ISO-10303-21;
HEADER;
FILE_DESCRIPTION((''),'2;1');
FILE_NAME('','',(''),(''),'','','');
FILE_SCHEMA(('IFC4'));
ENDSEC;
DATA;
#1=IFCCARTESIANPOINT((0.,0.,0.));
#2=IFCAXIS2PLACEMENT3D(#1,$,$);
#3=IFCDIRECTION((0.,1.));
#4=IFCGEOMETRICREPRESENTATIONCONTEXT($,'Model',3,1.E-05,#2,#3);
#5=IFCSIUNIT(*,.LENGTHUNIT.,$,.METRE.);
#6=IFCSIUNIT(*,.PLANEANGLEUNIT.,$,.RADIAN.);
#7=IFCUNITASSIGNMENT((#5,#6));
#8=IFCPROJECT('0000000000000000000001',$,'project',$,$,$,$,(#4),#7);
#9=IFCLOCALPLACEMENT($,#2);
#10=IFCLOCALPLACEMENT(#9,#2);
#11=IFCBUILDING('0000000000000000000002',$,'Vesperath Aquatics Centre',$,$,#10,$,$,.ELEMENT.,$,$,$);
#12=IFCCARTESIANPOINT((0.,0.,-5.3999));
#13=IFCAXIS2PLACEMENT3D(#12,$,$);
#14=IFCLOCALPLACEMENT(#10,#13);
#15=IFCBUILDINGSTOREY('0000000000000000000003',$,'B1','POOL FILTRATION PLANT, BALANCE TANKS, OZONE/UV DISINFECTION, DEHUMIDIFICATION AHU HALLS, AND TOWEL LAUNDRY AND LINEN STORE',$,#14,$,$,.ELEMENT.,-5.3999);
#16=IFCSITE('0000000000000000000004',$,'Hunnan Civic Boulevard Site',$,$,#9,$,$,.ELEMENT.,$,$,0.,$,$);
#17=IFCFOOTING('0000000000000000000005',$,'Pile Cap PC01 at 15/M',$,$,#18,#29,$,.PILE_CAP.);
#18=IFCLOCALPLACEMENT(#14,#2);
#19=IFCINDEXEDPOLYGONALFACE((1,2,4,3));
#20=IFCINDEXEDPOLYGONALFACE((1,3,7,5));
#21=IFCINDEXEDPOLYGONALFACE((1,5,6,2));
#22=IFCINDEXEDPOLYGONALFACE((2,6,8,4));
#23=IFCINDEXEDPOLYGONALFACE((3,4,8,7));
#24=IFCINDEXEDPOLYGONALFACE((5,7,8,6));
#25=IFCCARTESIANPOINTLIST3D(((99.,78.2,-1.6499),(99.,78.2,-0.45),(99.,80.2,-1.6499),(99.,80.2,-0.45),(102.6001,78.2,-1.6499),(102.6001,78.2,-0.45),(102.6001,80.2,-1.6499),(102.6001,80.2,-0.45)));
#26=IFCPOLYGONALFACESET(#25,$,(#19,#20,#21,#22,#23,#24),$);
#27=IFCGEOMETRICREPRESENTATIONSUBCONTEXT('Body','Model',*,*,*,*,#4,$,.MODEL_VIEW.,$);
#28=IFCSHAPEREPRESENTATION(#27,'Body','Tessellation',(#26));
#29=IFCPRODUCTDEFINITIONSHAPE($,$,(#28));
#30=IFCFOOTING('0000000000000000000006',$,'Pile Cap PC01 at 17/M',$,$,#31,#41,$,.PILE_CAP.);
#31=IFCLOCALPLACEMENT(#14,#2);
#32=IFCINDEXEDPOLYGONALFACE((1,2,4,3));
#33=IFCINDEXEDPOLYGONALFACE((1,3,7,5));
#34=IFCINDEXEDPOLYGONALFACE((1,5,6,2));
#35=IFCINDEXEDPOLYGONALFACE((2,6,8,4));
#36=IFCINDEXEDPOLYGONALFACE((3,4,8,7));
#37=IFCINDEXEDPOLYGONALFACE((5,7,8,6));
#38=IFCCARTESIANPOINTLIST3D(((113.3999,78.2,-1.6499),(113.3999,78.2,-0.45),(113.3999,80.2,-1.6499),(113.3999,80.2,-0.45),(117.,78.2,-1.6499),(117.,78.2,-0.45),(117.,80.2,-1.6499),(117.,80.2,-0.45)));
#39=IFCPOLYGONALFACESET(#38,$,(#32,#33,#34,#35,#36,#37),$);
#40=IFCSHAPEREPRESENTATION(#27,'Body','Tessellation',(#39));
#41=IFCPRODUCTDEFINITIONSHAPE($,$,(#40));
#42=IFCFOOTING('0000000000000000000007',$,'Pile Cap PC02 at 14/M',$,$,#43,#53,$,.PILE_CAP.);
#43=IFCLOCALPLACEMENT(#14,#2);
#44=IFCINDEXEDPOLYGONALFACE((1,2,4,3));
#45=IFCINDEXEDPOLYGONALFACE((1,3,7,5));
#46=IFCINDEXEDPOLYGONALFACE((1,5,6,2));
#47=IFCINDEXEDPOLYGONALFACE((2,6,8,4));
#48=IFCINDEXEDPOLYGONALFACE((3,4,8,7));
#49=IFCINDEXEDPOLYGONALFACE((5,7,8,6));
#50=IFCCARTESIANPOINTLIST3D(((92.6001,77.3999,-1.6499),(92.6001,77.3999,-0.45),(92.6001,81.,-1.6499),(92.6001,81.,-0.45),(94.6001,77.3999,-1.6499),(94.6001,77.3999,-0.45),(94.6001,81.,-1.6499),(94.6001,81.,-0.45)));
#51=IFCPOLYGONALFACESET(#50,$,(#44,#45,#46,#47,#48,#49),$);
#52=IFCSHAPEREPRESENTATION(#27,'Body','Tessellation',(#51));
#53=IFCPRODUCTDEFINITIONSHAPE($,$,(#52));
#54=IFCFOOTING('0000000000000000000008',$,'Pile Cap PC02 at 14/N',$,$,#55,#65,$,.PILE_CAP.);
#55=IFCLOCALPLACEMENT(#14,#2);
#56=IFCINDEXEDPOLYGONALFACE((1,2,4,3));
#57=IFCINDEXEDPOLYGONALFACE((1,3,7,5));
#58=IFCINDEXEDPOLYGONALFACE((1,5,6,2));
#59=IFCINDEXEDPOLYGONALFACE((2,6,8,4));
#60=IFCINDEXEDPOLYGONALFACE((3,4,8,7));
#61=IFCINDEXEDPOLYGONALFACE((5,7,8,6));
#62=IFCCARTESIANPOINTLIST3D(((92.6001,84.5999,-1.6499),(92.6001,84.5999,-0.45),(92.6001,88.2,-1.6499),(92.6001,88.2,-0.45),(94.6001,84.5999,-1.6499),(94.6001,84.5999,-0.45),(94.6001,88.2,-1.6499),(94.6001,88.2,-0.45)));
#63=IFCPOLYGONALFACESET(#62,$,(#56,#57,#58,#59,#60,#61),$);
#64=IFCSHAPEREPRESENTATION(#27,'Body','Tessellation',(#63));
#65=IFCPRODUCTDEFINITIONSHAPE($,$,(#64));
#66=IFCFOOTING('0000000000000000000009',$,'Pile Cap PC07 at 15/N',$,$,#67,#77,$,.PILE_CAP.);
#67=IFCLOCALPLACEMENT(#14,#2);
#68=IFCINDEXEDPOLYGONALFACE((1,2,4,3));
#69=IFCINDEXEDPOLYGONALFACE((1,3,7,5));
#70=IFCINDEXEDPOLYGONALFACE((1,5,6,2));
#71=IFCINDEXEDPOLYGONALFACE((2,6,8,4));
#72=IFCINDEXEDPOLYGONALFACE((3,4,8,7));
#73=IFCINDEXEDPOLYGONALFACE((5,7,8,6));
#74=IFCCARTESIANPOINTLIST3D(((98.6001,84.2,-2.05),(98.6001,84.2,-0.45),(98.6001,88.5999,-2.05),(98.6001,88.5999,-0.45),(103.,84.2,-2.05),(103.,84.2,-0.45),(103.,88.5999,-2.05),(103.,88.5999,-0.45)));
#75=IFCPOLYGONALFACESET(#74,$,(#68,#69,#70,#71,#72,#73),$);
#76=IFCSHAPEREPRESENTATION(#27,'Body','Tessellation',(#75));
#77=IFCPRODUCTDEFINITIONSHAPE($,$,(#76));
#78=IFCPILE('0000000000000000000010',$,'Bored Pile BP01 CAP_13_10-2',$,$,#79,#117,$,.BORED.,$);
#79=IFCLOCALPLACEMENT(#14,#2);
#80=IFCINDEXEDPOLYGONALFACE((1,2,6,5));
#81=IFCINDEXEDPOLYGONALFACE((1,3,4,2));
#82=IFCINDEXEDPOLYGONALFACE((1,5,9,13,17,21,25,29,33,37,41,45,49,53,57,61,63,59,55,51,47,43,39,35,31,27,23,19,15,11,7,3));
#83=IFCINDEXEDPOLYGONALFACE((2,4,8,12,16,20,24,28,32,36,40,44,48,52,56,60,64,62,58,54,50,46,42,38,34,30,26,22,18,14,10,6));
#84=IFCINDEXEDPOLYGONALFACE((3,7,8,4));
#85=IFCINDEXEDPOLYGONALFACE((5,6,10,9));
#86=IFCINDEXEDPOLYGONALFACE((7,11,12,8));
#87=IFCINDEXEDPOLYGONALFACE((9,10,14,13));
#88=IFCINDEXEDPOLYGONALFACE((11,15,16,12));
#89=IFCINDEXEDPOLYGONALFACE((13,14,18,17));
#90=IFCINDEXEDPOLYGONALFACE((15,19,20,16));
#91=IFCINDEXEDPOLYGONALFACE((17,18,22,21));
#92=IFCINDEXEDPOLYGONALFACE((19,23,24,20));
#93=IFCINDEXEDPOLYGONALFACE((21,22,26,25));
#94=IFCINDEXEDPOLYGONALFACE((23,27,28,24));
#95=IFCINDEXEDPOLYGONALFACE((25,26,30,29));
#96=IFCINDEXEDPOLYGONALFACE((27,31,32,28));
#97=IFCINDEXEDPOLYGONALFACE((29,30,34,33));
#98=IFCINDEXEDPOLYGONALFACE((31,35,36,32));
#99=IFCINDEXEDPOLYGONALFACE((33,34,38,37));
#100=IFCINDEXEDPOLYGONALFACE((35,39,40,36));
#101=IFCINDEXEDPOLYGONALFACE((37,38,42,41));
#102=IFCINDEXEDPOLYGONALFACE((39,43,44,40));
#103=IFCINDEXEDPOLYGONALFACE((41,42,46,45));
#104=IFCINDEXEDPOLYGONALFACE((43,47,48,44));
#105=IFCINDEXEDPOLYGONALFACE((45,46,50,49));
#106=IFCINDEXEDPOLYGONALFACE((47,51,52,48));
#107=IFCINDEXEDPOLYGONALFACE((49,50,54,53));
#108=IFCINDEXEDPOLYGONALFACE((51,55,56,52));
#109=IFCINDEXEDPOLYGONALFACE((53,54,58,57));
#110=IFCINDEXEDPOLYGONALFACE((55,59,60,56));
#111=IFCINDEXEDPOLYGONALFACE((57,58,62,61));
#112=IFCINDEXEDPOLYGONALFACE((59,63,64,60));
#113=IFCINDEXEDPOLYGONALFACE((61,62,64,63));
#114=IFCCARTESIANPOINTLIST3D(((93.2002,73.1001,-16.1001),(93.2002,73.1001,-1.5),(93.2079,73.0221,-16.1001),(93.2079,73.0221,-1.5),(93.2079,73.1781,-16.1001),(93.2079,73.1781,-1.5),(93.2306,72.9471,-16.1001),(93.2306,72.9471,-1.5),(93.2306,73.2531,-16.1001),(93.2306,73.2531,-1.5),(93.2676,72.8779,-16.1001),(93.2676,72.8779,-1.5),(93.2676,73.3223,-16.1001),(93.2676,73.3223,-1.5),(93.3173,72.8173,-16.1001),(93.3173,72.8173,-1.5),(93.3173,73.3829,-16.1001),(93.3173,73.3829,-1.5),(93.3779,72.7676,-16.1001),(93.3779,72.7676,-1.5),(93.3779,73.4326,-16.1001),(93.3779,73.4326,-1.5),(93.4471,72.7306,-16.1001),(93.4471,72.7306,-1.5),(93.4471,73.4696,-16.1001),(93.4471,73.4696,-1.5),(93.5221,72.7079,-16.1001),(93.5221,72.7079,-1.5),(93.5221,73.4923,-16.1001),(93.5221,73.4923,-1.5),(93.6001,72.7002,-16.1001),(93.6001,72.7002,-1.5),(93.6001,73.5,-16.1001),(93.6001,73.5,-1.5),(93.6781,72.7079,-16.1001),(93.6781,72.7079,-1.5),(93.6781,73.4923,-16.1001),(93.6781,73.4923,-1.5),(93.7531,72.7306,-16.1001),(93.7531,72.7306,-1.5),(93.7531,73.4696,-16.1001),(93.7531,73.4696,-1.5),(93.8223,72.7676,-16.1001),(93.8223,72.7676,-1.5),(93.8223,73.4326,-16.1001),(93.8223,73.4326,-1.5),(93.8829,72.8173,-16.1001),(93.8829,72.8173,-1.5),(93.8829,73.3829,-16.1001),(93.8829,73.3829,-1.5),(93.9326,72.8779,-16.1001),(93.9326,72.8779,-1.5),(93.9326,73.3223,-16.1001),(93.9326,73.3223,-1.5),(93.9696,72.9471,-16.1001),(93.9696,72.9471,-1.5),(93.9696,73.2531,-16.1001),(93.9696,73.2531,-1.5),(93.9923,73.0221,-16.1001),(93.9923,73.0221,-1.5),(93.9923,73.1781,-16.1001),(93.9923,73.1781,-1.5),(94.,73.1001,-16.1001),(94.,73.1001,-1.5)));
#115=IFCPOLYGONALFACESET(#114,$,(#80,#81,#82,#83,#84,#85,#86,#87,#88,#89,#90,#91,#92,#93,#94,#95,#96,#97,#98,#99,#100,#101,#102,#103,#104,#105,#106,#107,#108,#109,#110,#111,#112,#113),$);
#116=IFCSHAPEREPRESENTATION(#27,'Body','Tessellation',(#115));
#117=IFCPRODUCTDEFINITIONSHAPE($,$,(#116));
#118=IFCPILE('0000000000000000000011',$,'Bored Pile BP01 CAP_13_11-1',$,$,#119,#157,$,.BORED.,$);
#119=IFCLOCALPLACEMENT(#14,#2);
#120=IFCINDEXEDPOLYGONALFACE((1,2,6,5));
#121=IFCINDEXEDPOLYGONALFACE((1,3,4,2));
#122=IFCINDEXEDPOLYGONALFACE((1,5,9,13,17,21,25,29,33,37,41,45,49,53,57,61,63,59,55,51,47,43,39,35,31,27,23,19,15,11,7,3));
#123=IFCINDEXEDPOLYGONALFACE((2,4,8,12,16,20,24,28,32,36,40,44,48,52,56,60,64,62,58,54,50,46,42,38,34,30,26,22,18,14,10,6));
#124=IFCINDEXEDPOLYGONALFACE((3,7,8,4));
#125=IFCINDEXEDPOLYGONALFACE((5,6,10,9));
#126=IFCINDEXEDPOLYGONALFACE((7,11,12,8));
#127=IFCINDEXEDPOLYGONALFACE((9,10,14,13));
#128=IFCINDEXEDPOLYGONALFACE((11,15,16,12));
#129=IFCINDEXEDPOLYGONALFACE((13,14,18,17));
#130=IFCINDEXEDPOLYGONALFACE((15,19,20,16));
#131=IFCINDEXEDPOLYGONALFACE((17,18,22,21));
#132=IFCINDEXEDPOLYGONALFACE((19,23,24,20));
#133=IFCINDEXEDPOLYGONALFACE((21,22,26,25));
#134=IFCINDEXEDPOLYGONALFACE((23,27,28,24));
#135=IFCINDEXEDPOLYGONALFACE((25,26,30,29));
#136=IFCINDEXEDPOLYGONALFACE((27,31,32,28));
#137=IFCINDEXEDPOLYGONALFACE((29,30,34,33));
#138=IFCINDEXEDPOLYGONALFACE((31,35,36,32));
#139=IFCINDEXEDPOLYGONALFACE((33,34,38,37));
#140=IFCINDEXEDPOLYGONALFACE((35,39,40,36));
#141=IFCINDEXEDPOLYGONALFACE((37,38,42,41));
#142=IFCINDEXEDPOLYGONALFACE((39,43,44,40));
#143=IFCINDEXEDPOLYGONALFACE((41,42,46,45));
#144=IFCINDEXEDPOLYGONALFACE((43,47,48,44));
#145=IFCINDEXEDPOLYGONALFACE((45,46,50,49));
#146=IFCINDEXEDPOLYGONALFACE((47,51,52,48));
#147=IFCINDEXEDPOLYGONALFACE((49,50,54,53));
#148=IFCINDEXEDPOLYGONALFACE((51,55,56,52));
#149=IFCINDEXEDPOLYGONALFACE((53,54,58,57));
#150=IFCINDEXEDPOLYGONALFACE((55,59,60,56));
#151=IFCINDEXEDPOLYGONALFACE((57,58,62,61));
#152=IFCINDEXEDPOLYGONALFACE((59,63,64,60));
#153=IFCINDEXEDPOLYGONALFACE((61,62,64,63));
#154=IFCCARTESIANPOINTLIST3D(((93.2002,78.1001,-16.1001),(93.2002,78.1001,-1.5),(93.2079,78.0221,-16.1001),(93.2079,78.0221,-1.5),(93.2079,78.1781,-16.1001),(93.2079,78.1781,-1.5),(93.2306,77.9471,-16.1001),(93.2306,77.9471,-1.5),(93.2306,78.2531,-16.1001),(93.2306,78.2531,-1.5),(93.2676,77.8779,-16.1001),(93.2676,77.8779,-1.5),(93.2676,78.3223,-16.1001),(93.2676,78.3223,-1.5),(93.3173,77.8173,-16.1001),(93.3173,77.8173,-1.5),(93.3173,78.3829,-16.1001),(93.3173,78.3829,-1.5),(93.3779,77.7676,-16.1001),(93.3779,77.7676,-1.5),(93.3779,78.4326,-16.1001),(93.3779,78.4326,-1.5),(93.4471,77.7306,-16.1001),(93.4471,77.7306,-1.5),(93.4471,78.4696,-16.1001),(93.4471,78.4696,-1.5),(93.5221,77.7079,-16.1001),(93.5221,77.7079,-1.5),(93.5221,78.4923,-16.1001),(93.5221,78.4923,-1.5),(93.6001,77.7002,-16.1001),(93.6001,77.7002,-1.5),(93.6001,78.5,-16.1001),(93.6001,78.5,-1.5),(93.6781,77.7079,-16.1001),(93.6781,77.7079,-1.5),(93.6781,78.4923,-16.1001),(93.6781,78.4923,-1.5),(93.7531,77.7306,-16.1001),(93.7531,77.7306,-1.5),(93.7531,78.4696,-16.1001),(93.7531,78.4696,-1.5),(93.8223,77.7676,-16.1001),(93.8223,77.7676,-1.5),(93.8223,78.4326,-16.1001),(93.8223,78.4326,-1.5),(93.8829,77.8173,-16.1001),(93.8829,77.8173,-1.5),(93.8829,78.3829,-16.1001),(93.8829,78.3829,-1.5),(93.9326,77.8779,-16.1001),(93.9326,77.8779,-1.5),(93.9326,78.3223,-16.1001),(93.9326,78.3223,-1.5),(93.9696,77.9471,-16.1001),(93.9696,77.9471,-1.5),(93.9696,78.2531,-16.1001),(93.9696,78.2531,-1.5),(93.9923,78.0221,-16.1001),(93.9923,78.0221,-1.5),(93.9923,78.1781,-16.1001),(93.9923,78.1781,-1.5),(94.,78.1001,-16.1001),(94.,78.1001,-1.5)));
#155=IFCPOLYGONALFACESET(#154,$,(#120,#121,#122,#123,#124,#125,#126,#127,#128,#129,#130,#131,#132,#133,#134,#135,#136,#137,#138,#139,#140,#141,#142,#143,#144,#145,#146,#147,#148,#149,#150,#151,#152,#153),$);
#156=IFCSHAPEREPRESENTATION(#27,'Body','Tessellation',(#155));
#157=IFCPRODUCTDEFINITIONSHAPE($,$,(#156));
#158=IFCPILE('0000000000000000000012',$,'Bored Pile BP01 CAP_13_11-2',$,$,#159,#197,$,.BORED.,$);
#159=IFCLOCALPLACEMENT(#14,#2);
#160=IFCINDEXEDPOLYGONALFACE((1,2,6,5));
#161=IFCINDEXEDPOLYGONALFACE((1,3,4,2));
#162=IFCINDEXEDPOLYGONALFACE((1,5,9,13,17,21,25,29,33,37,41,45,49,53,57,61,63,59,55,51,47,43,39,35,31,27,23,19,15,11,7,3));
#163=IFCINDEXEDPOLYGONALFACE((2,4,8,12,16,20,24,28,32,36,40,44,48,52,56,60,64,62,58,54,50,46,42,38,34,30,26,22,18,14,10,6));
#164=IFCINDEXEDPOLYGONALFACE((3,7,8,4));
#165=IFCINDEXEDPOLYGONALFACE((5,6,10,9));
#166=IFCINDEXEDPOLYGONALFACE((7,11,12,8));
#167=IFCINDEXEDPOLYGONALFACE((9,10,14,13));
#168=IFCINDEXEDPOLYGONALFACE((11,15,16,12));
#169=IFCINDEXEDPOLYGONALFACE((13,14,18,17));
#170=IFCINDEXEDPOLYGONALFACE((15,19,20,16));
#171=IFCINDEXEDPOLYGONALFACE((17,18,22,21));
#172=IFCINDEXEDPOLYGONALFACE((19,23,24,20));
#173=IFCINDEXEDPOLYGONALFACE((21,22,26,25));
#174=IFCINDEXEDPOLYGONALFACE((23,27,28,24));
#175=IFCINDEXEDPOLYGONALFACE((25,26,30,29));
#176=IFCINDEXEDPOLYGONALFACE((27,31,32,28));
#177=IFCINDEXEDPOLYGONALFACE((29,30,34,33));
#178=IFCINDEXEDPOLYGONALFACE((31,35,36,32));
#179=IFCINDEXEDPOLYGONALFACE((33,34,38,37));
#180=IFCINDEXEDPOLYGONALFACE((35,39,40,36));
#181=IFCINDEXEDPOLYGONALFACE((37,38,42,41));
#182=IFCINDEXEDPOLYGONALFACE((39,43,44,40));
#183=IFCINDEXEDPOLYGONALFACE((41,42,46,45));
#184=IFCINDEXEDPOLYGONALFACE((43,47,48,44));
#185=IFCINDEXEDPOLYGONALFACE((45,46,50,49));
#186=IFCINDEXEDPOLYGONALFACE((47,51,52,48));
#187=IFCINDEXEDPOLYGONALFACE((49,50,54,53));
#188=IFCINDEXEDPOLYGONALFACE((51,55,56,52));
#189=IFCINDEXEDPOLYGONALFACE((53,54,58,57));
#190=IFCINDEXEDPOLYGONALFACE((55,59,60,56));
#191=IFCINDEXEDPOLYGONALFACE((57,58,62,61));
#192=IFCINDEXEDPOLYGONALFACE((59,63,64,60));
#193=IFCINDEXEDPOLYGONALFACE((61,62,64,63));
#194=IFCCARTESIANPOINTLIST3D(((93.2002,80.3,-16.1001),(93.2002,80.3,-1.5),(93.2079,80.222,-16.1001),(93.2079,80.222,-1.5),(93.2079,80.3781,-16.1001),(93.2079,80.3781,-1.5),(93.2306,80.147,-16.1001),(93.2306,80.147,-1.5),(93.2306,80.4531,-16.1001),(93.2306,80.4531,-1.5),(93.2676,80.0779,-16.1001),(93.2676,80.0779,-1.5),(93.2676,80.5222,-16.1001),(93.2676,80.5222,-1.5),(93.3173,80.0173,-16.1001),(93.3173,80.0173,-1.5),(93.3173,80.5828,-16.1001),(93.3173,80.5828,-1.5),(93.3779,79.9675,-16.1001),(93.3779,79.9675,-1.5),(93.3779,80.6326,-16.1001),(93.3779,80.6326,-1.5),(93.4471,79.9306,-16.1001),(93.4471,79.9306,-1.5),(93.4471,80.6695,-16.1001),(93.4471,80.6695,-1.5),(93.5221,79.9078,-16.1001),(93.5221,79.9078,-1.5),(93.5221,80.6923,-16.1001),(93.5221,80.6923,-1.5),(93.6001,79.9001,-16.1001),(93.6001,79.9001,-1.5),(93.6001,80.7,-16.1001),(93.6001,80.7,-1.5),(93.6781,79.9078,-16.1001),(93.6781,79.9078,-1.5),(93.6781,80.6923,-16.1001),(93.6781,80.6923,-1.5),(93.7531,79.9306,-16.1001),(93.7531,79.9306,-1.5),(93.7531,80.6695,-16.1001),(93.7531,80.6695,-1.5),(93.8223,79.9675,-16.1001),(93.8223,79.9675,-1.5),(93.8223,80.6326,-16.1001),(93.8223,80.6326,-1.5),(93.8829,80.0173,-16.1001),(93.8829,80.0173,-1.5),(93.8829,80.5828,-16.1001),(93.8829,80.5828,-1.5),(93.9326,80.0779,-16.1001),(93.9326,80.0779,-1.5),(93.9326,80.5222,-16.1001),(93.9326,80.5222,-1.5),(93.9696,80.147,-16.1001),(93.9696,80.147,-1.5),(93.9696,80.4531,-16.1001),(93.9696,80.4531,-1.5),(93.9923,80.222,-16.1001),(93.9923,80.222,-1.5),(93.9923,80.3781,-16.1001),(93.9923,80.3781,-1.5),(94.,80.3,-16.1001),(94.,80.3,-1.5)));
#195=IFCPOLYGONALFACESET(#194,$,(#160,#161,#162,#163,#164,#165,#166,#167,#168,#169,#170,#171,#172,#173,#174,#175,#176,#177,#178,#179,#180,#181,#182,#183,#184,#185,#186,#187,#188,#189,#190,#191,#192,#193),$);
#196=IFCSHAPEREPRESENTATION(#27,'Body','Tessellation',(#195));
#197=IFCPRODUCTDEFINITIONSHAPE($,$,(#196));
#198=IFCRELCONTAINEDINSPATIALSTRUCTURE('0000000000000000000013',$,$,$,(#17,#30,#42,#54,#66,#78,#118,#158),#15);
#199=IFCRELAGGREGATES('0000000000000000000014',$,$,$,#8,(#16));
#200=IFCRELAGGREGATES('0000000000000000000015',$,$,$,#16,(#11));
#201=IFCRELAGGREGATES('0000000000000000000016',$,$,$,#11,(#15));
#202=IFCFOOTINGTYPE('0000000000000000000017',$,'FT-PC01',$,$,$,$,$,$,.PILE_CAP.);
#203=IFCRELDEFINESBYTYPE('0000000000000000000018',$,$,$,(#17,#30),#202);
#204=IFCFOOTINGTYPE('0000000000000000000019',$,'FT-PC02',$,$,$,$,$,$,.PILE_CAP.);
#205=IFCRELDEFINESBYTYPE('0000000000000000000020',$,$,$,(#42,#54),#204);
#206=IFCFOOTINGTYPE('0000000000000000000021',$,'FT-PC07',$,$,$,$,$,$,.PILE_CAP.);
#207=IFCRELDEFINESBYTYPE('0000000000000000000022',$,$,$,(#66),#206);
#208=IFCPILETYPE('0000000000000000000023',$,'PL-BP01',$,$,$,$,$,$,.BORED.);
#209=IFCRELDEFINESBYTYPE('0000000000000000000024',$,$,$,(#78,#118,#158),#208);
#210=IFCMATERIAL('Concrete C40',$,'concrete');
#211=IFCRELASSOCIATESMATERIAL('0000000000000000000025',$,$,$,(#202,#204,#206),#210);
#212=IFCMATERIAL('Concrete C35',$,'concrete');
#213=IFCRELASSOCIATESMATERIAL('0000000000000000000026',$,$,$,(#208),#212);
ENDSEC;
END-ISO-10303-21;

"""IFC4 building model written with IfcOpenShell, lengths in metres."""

from ifc_helpers import new_model, si_unit, direction, frame, origin, origin_2d, place, context, subcontext, project, spatial, rectangle, circle, extrude, material, material_profile, profile_set, type_object, element, save


model = new_model("IFC4")

# Units and contexts
model_context = context("Model", 3, precision=1e-05, world=origin(), true_north=direction((0.0, 1.0)))
body_context = subcontext(model_context, "Body", "Model", "MODEL_VIEW")
ifc_project = project(units=[si_unit("LENGTHUNIT", "METRE"), si_unit("PLANEANGLEUNIT", "RADIAN")], contexts=[model_context])

# Site, building, storey
site_placement = place(None, origin())
site = spatial("IfcSite", under=ifc_project, at=site_placement, Name="Hunnan Civic Boulevard Site", CompositionType="ELEMENT", RefElevation=0.0)
building_placement = place(site_placement, origin())
building = spatial("IfcBuilding", under=site, at=building_placement, Name="Vesperath Aquatics Centre", CompositionType="ELEMENT")
storey_placement = place(building_placement, frame((0.0, 0.0, -5.3999)))
storey = spatial("IfcBuildingStorey", under=building, at=storey_placement, Name="B1", Description="POOL FILTRATION PLANT, BALANCE TANKS, OZONE/UV DISINFECTION, DEHUMIDIFICATION AHU HALLS, AND TOWEL LAUNDRY AND LINEN STORE", CompositionType="ELEMENT", Elevation=-5.3999)

# Footings
ifc_material_1 = material(Name="Concrete C40", Category="concrete")
footing_type_1 = type_object("IfcFootingType", Name="FT-PC01", PredefinedType="PILE_CAP", material=ifc_material_1)
for number, where, z_axis, x_axis, name in (
    (1, (100.8, 79.2, -1.6499), (0.0, 0.0, 1.0), (1.0, 0.0, 0.0), "Pile Cap PC01 at 15/M"),
    (2, (115.2, 79.2, -1.6499), (0.0, 0.0, 1.0), (1.0, 0.0, 0.0), "Pile Cap PC01 at 17/M"),
):
    element("IfcFooting", number, at=place(storey_placement, frame(where, z_axis=z_axis, x_axis=x_axis)), inside=storey, type_object=footing_type_1, Name=name, PredefinedType="PILE_CAP", context=body_context, shape_type="SweptSolid", body=[
        extrude(rectangle(XDim=3.6001, YDim=2.0, at=origin_2d()), origin(), (0.0, 0.0, 1.0), 1.2),
    ])
footing_type_2 = type_object("IfcFootingType", Name="FT-PC02", PredefinedType="PILE_CAP", material=ifc_material_1)
for number, where, z_axis, x_axis, name in (
    (3, (93.6001, 79.2, -1.6499), (0.0, 0.0, 1.0), (1.0, 0.0, 0.0), "Pile Cap PC02 at 14/M"),
    (4, (93.6001, 86.3999, -1.6499), (0.0, 0.0, 1.0), (1.0, 0.0, 0.0), "Pile Cap PC02 at 14/N"),
):
    element("IfcFooting", number, at=place(storey_placement, frame(where, z_axis=z_axis, x_axis=x_axis)), inside=storey, type_object=footing_type_2, Name=name, PredefinedType="PILE_CAP", context=body_context, shape_type="SweptSolid", body=[
        extrude(rectangle(XDim=2.0, YDim=3.6001, at=origin_2d()), origin(), (0.0, 0.0, 1.0), 1.2),
    ])
footing_type_3 = type_object("IfcFootingType", Name="FT-PC07", PredefinedType="PILE_CAP", material=ifc_material_1)
footing_placement = place(storey_placement, frame((100.8, 86.3999, -2.05), z_axis=(0.0, 0.0, 1.0), x_axis=(1.0, 0.0, 0.0)))
element("IfcFooting", 5, at=footing_placement, inside=storey, type_object=footing_type_3, Name="Pile Cap PC07 at 15/N", PredefinedType="PILE_CAP", context=body_context, shape_type="SweptSolid", body=[
    extrude(rectangle(XDim=4.3999, YDim=4.3999, at=origin_2d()), origin(), (0.0, 0.0, 1.0), 1.6001),
])

# Piles
ifc_material_2 = material(Name="Concrete C35", Category="concrete")
ifc_material_profile_1 = material_profile(ifc_material_2, circle(Radius=0.3999, at=origin_2d()), Name="PILE D800")
ifc_profile_set_1 = profile_set([ifc_material_profile_1], Name="Concrete C35")
pile_type_1 = type_object("IfcPileType", Name="PL-BP01", PredefinedType="BORED", material=ifc_profile_set_1)
for number, where, z_axis, x_axis, name in (
    (6, (93.6001, 73.1001, -1.5), (0.0, 0.0, -1.0), (1.0, 0.0, 0.0), "Bored Pile BP01 CAP_13_10-2"),
    (7, (93.6001, 78.1001, -1.5), (0.0, 0.0, -1.0), (1.0, 0.0, 0.0), "Bored Pile BP01 CAP_13_11-1"),
    (8, (93.6001, 80.3, -1.5), (0.0, 0.0, -1.0), (1.0, 0.0, 0.0), "Bored Pile BP01 CAP_13_11-2"),
):
    element("IfcPile", number, at=place(storey_placement, frame(where, z_axis=z_axis, x_axis=x_axis)), inside=storey, type_object=pile_type_1, Name=name, PredefinedType="BORED", context=body_context, shape_type="SweptSolid", body=[
        extrude(circle(Radius=0.3999, at=origin_2d()), origin(), (0.0, 0.0, 1.0), 14.6001),
    ])

save(model, "model.ifc")
